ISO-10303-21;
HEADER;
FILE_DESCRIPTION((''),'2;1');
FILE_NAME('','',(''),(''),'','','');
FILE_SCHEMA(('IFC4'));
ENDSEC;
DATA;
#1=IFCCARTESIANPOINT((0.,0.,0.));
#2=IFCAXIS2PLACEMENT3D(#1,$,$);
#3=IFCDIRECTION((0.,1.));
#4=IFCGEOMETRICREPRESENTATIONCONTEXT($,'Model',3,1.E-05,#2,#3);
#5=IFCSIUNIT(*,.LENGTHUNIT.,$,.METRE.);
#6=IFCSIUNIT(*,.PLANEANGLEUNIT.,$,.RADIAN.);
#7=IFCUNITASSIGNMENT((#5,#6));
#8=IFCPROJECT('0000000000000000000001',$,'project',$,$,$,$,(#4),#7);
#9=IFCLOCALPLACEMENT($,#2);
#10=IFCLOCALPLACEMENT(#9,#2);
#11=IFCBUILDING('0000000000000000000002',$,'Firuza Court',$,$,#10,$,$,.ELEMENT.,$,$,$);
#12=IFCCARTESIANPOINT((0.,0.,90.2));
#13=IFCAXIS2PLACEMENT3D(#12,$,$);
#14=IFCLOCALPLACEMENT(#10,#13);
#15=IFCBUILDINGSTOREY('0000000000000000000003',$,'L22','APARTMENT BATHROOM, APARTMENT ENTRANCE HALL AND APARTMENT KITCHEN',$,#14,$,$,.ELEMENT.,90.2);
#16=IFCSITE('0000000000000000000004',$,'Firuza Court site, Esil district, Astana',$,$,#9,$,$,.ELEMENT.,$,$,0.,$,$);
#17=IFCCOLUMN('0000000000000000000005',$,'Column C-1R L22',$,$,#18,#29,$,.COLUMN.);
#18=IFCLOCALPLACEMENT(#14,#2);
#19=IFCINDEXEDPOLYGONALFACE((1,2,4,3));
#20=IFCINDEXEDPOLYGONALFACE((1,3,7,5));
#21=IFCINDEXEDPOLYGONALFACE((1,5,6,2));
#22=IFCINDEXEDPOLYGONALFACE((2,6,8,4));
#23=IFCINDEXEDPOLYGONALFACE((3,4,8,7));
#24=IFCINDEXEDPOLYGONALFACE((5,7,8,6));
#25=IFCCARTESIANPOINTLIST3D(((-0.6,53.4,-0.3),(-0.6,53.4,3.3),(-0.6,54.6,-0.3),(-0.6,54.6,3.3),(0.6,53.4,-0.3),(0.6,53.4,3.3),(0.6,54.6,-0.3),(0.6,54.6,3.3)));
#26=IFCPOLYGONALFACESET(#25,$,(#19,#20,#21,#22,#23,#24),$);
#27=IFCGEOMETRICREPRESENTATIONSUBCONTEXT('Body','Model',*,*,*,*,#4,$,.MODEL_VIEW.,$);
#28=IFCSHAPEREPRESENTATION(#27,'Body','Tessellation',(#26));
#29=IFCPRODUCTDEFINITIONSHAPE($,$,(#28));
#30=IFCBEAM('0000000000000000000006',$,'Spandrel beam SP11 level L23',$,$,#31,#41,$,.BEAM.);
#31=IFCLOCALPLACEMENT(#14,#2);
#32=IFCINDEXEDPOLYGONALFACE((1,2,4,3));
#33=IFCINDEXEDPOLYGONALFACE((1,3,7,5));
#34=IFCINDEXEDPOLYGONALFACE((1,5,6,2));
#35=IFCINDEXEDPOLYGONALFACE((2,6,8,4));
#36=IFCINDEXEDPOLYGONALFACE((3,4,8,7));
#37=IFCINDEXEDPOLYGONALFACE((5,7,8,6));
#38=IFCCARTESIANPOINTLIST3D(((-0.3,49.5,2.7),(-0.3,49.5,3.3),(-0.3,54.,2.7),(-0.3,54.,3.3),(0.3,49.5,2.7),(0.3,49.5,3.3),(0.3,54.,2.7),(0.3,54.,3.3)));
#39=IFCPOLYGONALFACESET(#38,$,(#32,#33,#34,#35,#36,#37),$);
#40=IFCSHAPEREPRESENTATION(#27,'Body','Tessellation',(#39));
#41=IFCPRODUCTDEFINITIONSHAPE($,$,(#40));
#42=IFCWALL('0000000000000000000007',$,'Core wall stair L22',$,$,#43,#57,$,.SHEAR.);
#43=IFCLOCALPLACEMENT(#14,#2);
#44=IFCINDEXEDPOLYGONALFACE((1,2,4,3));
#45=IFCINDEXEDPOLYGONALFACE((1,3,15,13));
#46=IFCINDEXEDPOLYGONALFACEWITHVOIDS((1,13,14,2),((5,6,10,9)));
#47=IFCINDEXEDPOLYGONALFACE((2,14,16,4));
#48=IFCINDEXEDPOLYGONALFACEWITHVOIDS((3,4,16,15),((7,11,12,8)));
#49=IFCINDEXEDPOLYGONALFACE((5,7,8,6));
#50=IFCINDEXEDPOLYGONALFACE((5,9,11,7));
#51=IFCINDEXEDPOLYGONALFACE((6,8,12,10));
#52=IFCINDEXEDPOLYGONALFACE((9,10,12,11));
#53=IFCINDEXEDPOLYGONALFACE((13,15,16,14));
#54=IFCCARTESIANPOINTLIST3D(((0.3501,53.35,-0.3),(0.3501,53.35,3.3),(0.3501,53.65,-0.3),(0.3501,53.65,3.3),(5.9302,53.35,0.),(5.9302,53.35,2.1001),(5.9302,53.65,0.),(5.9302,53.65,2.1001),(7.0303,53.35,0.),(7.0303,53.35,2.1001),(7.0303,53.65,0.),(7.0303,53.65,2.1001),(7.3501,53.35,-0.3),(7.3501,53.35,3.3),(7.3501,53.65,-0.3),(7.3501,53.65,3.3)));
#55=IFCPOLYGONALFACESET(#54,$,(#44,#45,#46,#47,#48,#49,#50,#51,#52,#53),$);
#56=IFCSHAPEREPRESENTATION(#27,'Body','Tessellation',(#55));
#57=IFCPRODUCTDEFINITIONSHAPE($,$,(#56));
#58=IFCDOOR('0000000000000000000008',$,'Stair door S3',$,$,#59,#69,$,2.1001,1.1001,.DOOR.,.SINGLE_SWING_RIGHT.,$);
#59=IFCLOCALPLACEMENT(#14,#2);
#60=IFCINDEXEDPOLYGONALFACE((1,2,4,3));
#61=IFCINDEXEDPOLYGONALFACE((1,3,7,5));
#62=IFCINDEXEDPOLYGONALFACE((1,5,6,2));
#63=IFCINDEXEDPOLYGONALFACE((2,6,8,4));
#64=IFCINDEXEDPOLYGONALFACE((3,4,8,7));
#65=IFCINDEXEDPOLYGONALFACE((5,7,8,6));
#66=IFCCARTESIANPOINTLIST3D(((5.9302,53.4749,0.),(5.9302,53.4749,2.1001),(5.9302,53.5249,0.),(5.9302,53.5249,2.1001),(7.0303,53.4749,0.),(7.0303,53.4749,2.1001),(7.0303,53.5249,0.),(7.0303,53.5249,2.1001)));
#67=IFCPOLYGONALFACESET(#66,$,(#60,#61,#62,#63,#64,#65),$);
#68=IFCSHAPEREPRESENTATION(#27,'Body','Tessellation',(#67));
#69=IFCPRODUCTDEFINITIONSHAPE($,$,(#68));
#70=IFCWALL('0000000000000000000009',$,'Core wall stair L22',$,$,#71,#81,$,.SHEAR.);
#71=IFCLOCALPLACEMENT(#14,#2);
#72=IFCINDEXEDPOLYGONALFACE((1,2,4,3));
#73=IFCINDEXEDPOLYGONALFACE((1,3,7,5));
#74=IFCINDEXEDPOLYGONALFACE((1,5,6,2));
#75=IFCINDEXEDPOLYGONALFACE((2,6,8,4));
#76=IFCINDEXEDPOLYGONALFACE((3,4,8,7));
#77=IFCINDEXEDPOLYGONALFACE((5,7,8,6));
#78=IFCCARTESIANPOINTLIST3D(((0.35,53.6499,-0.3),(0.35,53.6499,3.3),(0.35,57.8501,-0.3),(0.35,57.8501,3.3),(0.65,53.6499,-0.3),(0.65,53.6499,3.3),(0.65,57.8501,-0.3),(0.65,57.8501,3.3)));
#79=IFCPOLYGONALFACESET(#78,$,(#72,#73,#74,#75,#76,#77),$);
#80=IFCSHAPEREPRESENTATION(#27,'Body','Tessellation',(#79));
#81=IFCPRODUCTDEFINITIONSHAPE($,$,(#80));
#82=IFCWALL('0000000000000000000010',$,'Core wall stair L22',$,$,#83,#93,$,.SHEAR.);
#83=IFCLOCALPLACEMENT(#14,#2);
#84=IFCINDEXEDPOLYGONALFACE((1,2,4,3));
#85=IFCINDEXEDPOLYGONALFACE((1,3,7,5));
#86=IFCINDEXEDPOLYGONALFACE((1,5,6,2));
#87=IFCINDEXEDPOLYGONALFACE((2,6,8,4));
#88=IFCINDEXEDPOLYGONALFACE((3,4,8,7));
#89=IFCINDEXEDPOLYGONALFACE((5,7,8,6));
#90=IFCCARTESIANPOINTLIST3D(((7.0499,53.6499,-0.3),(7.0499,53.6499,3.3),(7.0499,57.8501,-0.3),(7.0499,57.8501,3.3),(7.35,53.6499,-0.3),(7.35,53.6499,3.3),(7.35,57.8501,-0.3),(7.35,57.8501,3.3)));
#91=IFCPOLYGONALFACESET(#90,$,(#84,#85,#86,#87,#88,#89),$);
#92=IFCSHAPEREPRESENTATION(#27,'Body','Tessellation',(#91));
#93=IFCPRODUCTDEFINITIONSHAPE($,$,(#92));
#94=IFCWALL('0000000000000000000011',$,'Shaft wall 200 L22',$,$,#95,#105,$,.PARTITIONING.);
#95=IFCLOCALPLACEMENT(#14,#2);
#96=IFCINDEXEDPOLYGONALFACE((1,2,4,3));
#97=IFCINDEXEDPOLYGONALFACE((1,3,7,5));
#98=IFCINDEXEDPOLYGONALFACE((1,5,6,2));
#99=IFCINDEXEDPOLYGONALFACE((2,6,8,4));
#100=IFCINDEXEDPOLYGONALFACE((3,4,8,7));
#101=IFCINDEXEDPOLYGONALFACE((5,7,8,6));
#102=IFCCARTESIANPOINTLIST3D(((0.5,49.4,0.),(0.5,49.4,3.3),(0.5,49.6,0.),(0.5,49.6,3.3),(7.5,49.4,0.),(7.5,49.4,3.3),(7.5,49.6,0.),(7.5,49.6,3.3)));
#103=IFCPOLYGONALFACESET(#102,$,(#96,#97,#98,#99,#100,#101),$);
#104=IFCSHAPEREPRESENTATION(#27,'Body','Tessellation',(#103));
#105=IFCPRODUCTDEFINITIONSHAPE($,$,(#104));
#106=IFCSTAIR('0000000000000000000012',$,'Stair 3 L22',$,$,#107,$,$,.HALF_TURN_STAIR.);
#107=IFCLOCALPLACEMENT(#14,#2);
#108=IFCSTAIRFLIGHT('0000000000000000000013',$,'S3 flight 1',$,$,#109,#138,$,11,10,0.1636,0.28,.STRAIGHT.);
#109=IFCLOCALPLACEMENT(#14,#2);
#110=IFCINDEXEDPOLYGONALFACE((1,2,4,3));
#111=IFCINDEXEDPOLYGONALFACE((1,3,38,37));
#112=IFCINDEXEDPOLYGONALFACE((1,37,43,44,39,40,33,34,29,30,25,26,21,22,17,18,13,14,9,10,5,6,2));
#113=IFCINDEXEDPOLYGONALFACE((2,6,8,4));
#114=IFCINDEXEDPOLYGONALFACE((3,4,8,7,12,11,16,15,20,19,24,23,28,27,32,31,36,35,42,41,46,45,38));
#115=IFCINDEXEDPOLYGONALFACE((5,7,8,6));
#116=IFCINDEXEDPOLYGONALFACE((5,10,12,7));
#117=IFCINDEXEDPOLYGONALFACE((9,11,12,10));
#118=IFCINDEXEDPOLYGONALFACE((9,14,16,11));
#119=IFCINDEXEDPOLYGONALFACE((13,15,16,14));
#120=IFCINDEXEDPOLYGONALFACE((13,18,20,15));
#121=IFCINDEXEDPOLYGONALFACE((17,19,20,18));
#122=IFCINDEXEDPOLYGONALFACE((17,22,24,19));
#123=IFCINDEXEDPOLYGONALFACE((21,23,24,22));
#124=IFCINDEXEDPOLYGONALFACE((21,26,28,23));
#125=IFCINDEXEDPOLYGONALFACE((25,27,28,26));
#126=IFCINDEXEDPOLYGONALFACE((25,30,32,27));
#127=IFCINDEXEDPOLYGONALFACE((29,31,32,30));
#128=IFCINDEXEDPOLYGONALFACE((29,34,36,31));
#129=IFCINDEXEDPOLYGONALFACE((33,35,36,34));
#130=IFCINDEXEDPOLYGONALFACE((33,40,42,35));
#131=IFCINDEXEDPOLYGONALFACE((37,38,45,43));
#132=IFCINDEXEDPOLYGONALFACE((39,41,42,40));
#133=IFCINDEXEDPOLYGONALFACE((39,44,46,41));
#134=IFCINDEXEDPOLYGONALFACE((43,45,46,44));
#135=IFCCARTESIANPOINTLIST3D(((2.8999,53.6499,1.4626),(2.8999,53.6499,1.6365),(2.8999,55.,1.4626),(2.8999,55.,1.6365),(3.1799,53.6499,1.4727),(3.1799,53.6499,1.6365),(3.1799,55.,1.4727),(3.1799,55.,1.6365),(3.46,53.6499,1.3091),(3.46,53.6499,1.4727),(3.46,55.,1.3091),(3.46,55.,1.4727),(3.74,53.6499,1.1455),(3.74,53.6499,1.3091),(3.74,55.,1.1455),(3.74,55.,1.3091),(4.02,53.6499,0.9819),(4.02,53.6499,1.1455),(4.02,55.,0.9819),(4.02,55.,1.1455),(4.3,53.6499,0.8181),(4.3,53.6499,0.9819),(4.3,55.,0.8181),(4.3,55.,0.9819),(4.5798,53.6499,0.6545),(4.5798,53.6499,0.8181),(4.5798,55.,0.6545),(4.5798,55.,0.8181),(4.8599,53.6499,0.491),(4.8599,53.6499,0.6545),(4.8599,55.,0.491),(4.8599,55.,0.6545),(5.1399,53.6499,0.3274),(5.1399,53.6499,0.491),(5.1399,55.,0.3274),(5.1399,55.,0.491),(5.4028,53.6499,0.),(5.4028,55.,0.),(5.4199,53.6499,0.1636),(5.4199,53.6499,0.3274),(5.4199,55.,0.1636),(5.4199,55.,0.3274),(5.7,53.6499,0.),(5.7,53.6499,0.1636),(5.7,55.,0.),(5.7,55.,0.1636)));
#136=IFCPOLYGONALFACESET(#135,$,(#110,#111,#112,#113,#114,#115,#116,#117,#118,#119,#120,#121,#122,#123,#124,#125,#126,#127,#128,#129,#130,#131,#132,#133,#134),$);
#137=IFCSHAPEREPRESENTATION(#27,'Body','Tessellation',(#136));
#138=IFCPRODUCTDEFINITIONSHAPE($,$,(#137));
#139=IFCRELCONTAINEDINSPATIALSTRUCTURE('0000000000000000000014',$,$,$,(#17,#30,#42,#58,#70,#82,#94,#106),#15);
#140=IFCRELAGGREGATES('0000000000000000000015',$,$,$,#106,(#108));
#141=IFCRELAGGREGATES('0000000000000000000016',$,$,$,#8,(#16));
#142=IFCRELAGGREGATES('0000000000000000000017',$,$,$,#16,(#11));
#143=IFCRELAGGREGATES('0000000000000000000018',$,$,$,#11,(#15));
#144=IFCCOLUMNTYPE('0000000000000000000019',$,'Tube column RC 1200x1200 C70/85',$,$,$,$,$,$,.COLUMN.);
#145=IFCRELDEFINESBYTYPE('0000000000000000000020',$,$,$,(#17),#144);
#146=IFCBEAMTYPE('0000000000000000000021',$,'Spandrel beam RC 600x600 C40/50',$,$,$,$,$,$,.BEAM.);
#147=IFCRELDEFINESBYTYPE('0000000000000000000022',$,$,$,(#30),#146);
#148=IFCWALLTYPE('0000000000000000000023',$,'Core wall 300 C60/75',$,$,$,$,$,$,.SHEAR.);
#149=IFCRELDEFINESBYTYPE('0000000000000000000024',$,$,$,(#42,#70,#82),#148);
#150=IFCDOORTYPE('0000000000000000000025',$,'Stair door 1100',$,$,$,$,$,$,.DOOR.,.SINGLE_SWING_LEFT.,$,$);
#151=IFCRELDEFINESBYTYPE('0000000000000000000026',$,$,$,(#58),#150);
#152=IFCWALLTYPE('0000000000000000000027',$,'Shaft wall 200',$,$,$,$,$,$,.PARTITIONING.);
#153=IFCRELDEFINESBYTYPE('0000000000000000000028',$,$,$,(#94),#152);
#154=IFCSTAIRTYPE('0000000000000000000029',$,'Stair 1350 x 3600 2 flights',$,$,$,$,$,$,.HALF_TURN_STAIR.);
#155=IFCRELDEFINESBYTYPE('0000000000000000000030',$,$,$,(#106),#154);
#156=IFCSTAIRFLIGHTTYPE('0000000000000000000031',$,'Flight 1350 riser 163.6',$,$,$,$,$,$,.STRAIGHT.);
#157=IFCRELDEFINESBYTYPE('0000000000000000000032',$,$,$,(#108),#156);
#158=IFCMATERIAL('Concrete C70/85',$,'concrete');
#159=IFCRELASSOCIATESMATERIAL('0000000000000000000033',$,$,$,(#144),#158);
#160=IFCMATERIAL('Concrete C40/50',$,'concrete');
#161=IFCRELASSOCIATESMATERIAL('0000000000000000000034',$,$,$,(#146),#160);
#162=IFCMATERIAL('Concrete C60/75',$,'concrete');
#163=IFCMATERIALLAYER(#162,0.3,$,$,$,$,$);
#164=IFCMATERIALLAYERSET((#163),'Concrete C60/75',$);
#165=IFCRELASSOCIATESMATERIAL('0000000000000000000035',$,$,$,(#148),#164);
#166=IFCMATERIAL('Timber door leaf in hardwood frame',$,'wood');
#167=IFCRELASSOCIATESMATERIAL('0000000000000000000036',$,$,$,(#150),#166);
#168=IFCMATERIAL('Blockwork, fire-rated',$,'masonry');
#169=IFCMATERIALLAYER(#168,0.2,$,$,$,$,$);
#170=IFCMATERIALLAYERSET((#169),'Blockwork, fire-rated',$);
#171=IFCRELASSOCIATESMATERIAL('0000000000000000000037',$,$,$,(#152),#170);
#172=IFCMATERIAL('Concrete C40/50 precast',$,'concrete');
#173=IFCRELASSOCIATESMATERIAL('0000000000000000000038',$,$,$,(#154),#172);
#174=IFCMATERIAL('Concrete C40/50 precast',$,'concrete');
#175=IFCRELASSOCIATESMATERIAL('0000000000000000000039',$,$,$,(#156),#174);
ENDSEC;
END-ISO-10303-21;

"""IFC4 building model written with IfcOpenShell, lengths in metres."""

from ifc_helpers import new_model, si_unit, direction, frame, frame_2d, origin, origin_2d, place, context, subcontext, project, spatial, polyline, rectangle, outline, extrude, material, layer, layer_set, material_profile, profile_set, type_object, element, fill, aggregate, save


model = new_model("IFC4")

# Units and contexts
model_context = context("Model", 3, precision=1e-05, world=origin(), true_north=direction((0.0, 1.0)))
body_context = subcontext(model_context, "Body", "Model", "MODEL_VIEW")
ifc_project = project(units=[si_unit("LENGTHUNIT", "METRE"), si_unit("PLANEANGLEUNIT", "RADIAN")], contexts=[model_context])

# Site, building, storey
site_placement = place(None, origin())
site = spatial("IfcSite", under=ifc_project, at=site_placement, Name="Firuza Court site, Esil district, Astana", CompositionType="ELEMENT", RefElevation=0.0)
building_placement = place(site_placement, origin())
building = spatial("IfcBuilding", under=site, at=building_placement, Name="Firuza Court", CompositionType="ELEMENT")
storey_placement = place(building_placement, frame((0.0, 0.0, 90.2)))
storey = spatial("IfcBuildingStorey", under=building, at=storey_placement, Name="L22", Description="APARTMENT BATHROOM, APARTMENT ENTRANCE HALL AND APARTMENT KITCHEN", CompositionType="ELEMENT", Elevation=90.2)

# Column
ifc_material_1 = material(Name="Concrete C70/85", Category="concrete")
ifc_material_profile_1 = material_profile(ifc_material_1, rectangle(XDim=1.2, YDim=1.2, at=origin_2d()), Name="RC 1200x1200")
ifc_profile_set_1 = profile_set([ifc_material_profile_1], Name="Concrete C70/85")
column_type = type_object("IfcColumnType", Name="Tube column RC 1200x1200 C70/85", PredefinedType="COLUMN", material=ifc_profile_set_1)
column_placement = place(storey_placement, frame((0.0, 54.0, -0.3), z_axis=(0.0, 0.0, 1.0), x_axis=(1.0, 0.0, 0.0)))
element("IfcColumn", 1, at=column_placement, inside=storey, type_object=column_type, Name="Column C-1R L22", PredefinedType="COLUMN", context=body_context, shape_type="SweptSolid", body=[
    extrude(rectangle(XDim=1.2, YDim=1.2, at=origin_2d()), origin(), (0.0, 0.0, 1.0), 3.6001),
])

# Beam
ifc_material_2 = material(Name="Concrete C40/50", Category="concrete")
ifc_material_profile_2 = material_profile(ifc_material_2, rectangle(XDim=0.6001, YDim=0.6001, at=origin_2d()), Name="RC 600x600")
ifc_profile_set_2 = profile_set([ifc_material_profile_2], Name="Concrete C40/50")
beam_type = type_object("IfcBeamType", Name="Spandrel beam RC 600x600 C40/50", PredefinedType="BEAM", material=ifc_profile_set_2)
beam_placement = place(storey_placement, frame((0.0, 54.0, 3.0), z_axis=(0.0, -1.0, 0.0), x_axis=(1.0, 0.0, 0.0)))
element("IfcBeam", 2, at=beam_placement, inside=storey, type_object=beam_type, Name="Spandrel beam SP11 level L23", PredefinedType="BEAM", context=body_context, shape_type="SweptSolid", body=[
    extrude(rectangle(XDim=0.6001, YDim=0.6001, at=origin_2d()), origin(), (0.0, 0.0, 1.0), 4.5),
])

# Wall, opening, door
ifc_material_3 = material(Name="Concrete C60/75", Category="concrete")
ifc_layer_1 = layer(ifc_material_3, 0.3)
ifc_layer_set_1 = layer_set([ifc_layer_1], Name="Concrete C60/75")
wall_type_1 = type_object("IfcWallType", Name="Core wall 300 C60/75", PredefinedType="SHEAR", material=ifc_layer_set_1)
wall_1_placement = place(storey_placement, frame((0.3501, 53.5, -0.3), z_axis=(0.0, 0.0, 1.0), x_axis=(1.0, 0.0, 0.0)))
wall_1 = element("IfcWall", 3, at=wall_1_placement, inside=storey, type_object=wall_type_1, Name="Core wall stair L22", PredefinedType="SHEAR", context=body_context, shape_type="SweptSolid", body=[
    extrude(rectangle(XDim=7.0, YDim=0.3, at=frame_2d((3.5, 0.0))), origin(), (0.0, 0.0, 1.0), 3.6001),
])
opening_placement = place(wall_1_placement, frame((5.5801, 0.0, 0.3)))
opening = element("IfcOpeningElement", 4, at=opening_placement, cuts=wall_1, PredefinedType="OPENING", context=body_context, shape_type="SweptSolid", body=[
    extrude(rectangle(XDim=1.1001, YDim=2.1001, at=frame_2d((0.55, 1.05))), frame((0.0, 0.1621, 0.0), z_axis=(0.0, -1.0, 0.0), x_axis=(1.0, 0.0, 0.0)), (0.0, 0.0, 1.0), 0.324),
])
ifc_material_4 = material(Name="Timber door leaf in hardwood frame", Category="wood")
door_type = type_object("IfcDoorType", Name="Stair door 1100", OperationType="SINGLE_SWING_LEFT", PredefinedType="DOOR", material=ifc_material_4)
door_placement = place(opening_placement, origin())
door = element("IfcDoor", 5, at=door_placement, inside=storey, type_object=door_type, Name="Stair door S3", OperationType="SINGLE_SWING_RIGHT", OverallHeight=2.1001, OverallWidth=1.1001, PredefinedType="DOOR", context=body_context, shape_type="SweptSolid", body=[
    extrude(rectangle(XDim=1.1001, YDim=2.1001, at=frame_2d((0.55, 1.05))), frame((0.0, 0.0249, 0.0), z_axis=(0.0, -1.0, 0.0), x_axis=(1.0, 0.0, 0.0)), (0.0, 0.0, 1.0), 0.05),
])
fill(opening, door)

# Walls
for number, where, z_axis, x_axis, name in (
    (6, (0.5, 53.6499, -0.3), (0.0, 0.0, 1.0), (0.0, 1.0, 0.0), "Core wall stair L22"),
    (7, (7.2, 53.6499, -0.3), (0.0, 0.0, 1.0), (0.0, 1.0, 0.0), "Core wall stair L22"),
):
    element("IfcWall", number, at=place(storey_placement, frame(where, z_axis=z_axis, x_axis=x_axis)), inside=storey, type_object=wall_type_1, Name=name, PredefinedType="SHEAR", context=body_context, shape_type="SweptSolid", body=[
        extrude(rectangle(XDim=4.2002, YDim=0.3, at=frame_2d((2.1001, 0.0))), origin(), (0.0, 0.0, 1.0), 3.6001),
    ])
ifc_material_5 = material(Name="Blockwork, fire-rated", Category="masonry")
ifc_layer_2 = layer(ifc_material_5, 0.2)
ifc_layer_set_2 = layer_set([ifc_layer_2], Name="Blockwork, fire-rated")
wall_type_2 = type_object("IfcWallType", Name="Shaft wall 200", PredefinedType="PARTITIONING", material=ifc_layer_set_2)
wall_2_placement = place(storey_placement, frame((0.5, 49.5, 0.0), z_axis=(0.0, 0.0, 1.0), x_axis=(1.0, 0.0, 0.0)))
element("IfcWall", 8, at=wall_2_placement, inside=storey, type_object=wall_type_2, Name="Shaft wall 200 L22", PredefinedType="PARTITIONING", context=body_context, shape_type="SweptSolid", body=[
    extrude(rectangle(XDim=7.0, YDim=0.2, at=frame_2d((3.5, 0.0))), origin(), (0.0, 0.0, 1.0), 3.3),
])

# Stair, stair flight
ifc_material_6 = material(Name="Concrete C40/50 precast", Category="concrete")
stair_type = type_object("IfcStairType", Name="Stair 1350 x 3600 2 flights", PredefinedType="HALF_TURN_STAIR", material=ifc_material_6)
stair_placement = place(storey_placement, origin())
stair = element("IfcStair", 9, at=stair_placement, inside=storey, type_object=stair_type, Name="Stair 3 L22", PredefinedType="HALF_TURN_STAIR")
ifc_material_7 = material(Name="Concrete C40/50 precast", Category="concrete")
stair_flight_type = type_object("IfcStairFlightType", Name="Flight 1350 riser 163.6", PredefinedType="STRAIGHT", material=ifc_material_7)
stair_flight_placement = place(storey_placement, frame((5.7, 54.325, 0.0), z_axis=(0.0, 0.0, 1.0), x_axis=(-1.0, 0.0, 0.0)))
stair_flight = element("IfcStairFlight", 10, at=stair_flight_placement, type_object=stair_flight_type, Name="S3 flight 1", NumberOfRisers=11, NumberOfTreads=10, PredefinedType="STRAIGHT", RiserHeight=0.1636, TreadLength=0.28, context=body_context, shape_type="SweptSolid", body=[
    extrude(outline(polyline([(0.0, 0.0), (0.0, 0.1636), (0.28, 0.1636), (0.28, 0.3274), (0.5601, 0.3274), (0.5601, 0.491), (0.8401, 0.491), (0.8401, 0.6545), (1.1201, 0.6545), (1.1201, 0.8181), (1.3999, 0.8181), (1.3999, 0.9819), (1.6799, 0.9819), (1.6799, 1.1455), (1.96, 1.1455), (1.96, 1.3091), (2.24, 1.3091), (2.24, 1.4727), (2.52, 1.4727), (2.52, 1.6365), (2.8, 1.6365), (2.8, 1.8), (2.8, 1.4626), (0.2971, 0.0), (0.0, 0.0)])), frame((0.0, 0.675, 0.0), z_axis=(0.0, -1.0, 0.0), x_axis=(1.0, 0.0, 0.0)), (0.0, 0.0, 1.0), 1.3501),
])
aggregate(stair, [stair_flight])

save(model, "model.ifc")
